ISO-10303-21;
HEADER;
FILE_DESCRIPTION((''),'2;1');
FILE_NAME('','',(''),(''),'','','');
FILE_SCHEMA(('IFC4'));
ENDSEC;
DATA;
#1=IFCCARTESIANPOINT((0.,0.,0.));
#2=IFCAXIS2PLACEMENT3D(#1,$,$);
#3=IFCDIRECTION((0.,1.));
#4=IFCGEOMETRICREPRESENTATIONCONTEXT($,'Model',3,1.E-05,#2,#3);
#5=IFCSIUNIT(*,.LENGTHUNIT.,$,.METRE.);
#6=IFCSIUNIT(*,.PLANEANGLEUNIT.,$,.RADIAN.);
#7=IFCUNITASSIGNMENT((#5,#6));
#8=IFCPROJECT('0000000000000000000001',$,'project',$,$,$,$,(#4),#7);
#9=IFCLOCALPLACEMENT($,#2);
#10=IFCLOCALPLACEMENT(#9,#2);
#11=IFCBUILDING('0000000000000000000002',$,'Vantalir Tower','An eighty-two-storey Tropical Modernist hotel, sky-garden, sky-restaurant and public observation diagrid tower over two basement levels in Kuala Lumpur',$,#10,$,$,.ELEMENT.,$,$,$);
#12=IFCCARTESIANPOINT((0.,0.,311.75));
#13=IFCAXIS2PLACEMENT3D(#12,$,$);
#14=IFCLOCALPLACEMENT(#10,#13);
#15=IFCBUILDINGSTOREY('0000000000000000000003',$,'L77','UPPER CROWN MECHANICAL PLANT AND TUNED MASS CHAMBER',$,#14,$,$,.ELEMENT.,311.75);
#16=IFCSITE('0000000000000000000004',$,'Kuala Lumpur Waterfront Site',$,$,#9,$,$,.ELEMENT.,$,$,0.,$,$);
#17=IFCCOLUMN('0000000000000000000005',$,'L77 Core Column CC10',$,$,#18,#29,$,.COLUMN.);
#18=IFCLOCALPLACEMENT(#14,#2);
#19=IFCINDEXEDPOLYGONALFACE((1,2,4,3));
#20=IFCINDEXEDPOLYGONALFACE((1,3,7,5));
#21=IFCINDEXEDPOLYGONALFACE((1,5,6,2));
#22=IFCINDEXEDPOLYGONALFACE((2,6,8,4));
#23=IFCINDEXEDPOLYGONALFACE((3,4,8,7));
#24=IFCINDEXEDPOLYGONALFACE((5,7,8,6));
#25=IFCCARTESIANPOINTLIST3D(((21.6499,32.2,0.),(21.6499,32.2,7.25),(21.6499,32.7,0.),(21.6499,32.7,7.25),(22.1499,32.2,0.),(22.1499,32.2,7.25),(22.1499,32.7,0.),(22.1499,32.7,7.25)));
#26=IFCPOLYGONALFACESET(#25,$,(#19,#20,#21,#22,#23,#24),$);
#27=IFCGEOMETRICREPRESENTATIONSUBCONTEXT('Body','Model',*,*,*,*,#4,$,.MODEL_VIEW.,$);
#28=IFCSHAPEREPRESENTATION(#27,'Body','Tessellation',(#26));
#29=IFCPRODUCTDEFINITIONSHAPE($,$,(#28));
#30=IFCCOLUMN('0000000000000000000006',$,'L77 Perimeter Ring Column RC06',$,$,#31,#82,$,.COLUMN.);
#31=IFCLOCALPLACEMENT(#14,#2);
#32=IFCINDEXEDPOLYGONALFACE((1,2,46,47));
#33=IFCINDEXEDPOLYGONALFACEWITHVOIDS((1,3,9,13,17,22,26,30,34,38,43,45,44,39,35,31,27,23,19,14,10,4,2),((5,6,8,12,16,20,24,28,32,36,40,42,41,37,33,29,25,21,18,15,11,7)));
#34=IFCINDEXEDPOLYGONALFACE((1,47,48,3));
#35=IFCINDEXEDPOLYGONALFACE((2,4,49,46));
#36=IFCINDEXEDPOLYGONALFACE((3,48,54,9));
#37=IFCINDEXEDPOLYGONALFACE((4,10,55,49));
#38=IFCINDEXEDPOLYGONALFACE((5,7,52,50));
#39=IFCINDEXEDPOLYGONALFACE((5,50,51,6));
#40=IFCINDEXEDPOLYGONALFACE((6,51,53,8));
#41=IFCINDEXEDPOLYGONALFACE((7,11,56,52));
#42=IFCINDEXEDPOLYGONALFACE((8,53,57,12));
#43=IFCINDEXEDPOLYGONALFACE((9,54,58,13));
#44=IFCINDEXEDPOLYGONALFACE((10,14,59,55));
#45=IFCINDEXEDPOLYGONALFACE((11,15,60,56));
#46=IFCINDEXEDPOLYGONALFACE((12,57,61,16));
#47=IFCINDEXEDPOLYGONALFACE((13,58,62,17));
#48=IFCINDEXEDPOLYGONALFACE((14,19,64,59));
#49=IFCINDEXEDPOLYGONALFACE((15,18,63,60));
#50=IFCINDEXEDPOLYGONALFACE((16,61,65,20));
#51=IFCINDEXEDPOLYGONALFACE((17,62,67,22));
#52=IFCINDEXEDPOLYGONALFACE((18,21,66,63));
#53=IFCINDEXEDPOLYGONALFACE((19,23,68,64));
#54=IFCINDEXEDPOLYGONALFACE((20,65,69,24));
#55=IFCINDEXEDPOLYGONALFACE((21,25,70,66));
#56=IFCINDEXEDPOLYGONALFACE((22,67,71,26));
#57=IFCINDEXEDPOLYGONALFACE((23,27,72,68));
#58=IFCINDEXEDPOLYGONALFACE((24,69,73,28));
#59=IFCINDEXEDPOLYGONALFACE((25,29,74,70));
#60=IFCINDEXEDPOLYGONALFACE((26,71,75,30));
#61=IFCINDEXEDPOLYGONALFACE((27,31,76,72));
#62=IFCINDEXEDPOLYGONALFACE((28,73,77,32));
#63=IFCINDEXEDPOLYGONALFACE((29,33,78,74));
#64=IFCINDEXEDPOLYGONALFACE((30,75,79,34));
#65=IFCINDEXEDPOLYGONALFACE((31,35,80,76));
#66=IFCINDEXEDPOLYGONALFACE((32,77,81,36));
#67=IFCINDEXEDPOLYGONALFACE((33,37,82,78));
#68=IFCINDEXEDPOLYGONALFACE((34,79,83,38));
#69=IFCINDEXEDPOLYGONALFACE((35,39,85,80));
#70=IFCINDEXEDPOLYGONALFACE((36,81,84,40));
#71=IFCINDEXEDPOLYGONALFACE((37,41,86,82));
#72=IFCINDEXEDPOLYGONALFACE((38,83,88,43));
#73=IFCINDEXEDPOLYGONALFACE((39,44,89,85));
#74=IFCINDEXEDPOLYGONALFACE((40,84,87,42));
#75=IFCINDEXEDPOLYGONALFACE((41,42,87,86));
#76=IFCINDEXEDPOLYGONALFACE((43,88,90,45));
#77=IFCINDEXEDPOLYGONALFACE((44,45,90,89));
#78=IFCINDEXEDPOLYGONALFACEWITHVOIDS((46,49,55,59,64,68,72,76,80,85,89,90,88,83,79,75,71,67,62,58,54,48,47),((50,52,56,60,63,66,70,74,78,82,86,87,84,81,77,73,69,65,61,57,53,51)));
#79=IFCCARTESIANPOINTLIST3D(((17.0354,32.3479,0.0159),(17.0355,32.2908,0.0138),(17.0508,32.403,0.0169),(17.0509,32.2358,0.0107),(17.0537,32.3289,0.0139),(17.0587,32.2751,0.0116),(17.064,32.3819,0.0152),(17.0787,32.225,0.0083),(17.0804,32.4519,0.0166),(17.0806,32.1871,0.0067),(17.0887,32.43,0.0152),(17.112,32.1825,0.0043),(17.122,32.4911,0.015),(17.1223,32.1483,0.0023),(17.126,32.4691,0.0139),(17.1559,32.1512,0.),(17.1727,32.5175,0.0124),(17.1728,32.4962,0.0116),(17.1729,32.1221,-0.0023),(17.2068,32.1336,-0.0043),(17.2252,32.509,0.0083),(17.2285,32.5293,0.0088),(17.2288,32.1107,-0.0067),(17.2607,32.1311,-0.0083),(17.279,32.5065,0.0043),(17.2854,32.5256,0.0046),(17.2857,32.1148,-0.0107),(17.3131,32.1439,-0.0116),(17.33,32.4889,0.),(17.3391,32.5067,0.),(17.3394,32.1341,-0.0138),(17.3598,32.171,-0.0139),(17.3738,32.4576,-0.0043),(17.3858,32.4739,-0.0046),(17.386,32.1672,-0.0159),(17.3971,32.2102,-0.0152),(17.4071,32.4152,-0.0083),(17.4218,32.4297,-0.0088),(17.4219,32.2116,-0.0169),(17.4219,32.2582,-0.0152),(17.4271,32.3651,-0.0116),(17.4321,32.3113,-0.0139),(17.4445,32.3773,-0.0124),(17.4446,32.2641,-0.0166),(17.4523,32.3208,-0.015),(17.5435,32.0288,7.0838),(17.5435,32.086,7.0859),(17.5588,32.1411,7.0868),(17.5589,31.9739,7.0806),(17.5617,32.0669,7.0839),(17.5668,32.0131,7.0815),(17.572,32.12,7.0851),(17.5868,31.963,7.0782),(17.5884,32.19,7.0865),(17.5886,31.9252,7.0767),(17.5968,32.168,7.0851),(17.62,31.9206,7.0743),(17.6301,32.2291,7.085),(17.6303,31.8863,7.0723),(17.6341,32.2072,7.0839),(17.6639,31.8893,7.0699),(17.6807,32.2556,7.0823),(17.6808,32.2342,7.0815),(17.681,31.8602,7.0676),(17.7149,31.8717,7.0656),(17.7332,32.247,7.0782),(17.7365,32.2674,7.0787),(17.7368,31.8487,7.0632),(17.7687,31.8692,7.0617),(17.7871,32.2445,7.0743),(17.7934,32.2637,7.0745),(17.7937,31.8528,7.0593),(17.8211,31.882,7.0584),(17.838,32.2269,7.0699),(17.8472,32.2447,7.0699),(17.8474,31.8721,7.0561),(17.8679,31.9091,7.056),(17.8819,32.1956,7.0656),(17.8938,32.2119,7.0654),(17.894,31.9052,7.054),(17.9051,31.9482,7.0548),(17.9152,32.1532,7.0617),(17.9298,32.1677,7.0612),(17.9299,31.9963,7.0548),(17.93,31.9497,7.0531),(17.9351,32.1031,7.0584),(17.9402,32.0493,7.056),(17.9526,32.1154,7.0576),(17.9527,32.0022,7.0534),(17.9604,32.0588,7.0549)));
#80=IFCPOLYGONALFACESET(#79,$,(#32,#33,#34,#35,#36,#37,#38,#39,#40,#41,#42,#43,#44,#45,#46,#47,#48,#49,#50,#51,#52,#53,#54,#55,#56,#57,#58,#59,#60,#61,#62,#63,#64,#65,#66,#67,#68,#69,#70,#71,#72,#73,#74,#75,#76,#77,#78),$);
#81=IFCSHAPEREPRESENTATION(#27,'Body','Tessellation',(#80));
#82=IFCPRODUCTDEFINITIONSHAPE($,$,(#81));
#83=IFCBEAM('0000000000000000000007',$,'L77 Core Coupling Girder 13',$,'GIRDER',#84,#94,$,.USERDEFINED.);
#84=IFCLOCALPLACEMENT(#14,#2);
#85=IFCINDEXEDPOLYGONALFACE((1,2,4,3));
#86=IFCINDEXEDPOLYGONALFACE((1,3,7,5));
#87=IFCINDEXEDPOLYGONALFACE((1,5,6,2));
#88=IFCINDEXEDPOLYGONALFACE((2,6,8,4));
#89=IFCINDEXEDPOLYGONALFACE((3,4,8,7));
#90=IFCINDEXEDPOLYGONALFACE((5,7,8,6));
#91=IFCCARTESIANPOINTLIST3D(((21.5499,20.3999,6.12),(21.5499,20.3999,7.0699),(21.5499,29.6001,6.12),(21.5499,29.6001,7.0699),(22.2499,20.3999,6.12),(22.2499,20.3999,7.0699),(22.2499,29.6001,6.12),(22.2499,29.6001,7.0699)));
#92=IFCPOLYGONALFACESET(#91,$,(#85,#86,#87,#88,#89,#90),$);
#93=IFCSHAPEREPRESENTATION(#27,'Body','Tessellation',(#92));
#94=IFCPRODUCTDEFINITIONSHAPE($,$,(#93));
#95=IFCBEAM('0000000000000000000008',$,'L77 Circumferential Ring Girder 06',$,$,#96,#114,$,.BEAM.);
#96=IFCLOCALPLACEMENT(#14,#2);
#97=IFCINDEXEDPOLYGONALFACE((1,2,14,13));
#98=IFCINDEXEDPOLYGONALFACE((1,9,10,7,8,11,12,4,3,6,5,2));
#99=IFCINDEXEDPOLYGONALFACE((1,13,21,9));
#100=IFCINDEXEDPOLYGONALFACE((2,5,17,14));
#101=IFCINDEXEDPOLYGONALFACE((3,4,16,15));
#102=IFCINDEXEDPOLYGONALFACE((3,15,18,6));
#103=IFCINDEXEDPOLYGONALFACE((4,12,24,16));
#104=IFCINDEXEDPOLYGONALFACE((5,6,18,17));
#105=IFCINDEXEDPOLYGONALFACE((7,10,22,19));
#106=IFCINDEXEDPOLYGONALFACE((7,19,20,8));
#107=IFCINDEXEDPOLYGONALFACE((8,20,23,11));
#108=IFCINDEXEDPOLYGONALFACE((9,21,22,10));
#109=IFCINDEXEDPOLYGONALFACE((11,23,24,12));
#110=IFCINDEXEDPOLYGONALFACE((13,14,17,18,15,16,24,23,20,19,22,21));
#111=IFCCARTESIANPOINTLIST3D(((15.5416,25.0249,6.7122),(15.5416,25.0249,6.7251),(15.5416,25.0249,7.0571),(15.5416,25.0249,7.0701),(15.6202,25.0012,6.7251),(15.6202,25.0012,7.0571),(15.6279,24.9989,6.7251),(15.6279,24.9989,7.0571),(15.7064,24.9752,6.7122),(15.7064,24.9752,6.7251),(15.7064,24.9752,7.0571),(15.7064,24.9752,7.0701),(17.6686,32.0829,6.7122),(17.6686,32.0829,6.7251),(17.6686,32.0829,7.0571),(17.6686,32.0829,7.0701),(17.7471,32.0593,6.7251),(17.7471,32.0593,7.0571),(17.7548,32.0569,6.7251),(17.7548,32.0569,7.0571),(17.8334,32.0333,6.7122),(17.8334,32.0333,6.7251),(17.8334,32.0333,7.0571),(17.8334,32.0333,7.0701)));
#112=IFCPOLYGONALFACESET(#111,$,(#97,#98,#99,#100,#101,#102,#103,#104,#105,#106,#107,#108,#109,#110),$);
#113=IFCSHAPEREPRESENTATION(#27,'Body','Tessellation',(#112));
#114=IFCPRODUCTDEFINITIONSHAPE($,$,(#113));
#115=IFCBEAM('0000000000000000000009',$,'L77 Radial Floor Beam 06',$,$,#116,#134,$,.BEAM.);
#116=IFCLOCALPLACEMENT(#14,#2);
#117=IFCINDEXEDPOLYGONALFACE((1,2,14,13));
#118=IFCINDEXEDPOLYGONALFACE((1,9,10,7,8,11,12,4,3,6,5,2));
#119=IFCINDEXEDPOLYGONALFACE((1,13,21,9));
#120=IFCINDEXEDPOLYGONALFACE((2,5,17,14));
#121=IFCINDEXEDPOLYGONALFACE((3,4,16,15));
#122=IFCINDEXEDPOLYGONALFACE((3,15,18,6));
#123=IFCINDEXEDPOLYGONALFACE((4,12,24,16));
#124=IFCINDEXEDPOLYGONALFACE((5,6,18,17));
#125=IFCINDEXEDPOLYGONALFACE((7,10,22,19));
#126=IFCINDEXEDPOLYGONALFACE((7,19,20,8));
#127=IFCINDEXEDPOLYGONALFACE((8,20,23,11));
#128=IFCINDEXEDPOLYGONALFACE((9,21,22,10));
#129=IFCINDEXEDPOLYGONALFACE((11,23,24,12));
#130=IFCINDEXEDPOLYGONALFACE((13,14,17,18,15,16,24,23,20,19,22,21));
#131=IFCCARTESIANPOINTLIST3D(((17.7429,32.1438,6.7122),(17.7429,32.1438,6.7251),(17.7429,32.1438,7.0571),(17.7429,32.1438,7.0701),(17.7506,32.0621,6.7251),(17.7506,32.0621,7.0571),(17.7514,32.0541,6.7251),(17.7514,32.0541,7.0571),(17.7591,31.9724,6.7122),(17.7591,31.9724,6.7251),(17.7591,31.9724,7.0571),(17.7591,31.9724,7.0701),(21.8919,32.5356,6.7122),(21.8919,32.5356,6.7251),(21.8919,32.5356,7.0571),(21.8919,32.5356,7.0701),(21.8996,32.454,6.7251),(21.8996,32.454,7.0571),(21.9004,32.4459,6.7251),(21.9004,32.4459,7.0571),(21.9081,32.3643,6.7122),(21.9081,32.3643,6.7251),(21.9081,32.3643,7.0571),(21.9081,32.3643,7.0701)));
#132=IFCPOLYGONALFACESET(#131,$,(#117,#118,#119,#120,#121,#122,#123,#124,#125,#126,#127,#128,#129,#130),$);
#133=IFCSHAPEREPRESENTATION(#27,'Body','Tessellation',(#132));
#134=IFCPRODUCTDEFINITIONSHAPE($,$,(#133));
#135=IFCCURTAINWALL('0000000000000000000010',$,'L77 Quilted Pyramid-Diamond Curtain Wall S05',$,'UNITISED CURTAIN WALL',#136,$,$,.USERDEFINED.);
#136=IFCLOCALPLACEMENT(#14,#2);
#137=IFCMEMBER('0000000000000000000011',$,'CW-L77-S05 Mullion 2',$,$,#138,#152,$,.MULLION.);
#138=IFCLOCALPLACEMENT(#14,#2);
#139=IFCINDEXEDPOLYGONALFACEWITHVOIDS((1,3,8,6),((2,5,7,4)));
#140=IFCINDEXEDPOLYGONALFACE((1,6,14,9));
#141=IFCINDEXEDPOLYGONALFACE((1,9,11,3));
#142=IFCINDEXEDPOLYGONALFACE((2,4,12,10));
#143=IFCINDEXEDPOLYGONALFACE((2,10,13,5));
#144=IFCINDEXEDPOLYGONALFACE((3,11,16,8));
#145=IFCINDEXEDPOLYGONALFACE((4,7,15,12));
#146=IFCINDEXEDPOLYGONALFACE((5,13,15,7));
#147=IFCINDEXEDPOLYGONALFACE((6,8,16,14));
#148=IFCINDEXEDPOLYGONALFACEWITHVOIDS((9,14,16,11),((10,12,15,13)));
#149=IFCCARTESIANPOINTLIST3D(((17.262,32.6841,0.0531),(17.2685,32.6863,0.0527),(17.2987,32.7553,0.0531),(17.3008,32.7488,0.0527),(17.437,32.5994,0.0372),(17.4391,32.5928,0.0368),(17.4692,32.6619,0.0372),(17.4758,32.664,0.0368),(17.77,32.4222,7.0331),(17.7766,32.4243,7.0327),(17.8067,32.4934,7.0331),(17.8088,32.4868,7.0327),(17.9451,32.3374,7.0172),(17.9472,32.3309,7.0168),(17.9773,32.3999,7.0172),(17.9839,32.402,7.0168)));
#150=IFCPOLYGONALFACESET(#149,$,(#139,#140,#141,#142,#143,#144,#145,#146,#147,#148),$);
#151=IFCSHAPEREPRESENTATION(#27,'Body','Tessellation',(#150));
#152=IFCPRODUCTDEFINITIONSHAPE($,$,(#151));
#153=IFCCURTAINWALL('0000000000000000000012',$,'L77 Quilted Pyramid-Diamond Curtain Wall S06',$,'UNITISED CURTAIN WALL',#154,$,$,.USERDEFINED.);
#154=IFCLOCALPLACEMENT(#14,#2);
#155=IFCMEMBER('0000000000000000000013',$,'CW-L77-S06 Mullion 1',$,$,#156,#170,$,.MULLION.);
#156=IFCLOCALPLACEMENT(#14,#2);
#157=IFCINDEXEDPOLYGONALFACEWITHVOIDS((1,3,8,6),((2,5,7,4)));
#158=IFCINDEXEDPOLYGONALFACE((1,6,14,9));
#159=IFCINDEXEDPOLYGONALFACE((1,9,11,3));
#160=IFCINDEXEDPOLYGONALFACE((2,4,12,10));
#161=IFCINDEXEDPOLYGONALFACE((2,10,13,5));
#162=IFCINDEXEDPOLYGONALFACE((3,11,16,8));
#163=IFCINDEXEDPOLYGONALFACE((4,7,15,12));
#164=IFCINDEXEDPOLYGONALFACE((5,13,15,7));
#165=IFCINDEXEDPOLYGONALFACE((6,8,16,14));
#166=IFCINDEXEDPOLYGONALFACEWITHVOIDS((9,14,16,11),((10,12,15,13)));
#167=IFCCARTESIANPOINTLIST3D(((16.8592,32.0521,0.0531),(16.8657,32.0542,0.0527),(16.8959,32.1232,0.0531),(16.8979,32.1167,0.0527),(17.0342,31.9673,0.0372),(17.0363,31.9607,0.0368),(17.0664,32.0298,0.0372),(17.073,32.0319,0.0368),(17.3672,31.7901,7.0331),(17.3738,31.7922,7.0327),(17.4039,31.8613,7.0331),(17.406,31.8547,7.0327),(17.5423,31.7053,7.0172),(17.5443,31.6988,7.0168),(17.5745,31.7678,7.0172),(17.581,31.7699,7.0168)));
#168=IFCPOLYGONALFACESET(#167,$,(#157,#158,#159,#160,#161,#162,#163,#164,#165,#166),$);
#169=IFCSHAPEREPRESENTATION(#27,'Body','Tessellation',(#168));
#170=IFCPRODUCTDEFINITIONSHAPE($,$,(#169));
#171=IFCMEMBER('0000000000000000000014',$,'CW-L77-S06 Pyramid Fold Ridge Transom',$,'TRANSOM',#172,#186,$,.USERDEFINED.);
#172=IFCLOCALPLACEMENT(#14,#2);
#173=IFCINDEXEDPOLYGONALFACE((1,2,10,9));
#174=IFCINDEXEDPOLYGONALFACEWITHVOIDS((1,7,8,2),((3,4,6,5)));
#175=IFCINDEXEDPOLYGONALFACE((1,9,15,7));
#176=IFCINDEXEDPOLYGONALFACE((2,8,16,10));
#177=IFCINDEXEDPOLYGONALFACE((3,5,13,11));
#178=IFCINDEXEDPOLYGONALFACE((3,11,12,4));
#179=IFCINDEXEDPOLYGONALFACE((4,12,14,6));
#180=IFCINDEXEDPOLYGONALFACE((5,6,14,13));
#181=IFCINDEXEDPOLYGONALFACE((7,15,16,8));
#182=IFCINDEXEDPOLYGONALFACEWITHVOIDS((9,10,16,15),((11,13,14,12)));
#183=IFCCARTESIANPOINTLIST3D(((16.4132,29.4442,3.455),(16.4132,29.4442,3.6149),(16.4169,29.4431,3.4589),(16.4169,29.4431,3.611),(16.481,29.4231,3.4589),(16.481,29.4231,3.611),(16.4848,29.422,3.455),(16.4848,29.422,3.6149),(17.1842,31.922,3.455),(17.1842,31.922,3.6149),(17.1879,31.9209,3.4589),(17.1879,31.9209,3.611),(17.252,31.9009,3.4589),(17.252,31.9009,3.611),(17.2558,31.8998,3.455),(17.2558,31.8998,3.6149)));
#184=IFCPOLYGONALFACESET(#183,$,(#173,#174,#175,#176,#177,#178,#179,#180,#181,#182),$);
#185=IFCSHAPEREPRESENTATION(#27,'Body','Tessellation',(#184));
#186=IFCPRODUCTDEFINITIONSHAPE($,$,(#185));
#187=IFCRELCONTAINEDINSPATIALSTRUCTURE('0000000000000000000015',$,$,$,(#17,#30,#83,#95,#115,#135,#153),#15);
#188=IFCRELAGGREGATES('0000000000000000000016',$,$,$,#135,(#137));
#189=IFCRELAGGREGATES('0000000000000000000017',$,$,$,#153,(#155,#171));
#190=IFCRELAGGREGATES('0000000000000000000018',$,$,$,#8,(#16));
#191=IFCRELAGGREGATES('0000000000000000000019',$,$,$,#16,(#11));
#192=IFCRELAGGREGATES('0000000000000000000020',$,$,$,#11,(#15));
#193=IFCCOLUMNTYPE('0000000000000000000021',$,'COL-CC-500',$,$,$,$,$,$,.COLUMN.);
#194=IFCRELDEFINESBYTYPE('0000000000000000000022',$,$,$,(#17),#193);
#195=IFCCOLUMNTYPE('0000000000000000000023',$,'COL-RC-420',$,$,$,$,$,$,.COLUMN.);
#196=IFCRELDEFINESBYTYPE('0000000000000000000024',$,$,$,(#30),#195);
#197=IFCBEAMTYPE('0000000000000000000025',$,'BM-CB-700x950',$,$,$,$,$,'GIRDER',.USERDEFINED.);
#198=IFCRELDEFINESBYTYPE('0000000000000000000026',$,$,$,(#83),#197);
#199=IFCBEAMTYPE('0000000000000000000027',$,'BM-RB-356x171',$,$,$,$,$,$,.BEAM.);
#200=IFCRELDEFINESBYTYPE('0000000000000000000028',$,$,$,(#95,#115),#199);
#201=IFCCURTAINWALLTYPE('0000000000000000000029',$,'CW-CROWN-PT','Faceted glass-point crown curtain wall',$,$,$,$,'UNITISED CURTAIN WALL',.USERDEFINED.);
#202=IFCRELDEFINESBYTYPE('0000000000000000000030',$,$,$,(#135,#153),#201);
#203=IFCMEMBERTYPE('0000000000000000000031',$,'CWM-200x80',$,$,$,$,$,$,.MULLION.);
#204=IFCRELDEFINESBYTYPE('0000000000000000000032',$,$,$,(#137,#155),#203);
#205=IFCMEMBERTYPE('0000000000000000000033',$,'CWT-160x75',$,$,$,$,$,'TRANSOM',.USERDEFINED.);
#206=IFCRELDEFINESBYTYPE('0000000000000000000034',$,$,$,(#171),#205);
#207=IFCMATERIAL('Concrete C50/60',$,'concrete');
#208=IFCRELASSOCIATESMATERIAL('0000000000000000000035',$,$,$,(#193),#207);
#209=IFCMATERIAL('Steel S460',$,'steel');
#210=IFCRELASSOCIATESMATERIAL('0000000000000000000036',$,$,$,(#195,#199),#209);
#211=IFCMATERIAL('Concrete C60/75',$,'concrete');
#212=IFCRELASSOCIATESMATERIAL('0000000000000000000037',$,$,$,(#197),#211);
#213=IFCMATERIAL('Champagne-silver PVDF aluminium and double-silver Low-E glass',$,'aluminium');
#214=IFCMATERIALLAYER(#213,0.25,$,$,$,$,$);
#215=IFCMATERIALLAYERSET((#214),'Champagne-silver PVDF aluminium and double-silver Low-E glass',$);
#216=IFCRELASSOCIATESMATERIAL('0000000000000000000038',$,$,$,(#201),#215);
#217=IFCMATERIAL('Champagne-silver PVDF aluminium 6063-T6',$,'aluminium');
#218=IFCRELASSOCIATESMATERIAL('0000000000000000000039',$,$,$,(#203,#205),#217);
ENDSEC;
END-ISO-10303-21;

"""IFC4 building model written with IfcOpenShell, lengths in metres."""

from ifc_helpers import new_model, si_unit, direction, frame, origin, origin_2d, place, context, subcontext, project, spatial, rectangle, hollow_rectangle, hollow_circle, i_section, extrude, material, layer, layer_set, material_profile, profile_set, type_object, element, aggregate, save


model = new_model("IFC4")

# Units and contexts
model_context = context("Model", 3, precision=1e-05, world=origin(), true_north=direction((0.0, 1.0)))
body_context = subcontext(model_context, "Body", "Model", "MODEL_VIEW")
ifc_project = project(units=[si_unit("LENGTHUNIT", "METRE"), si_unit("PLANEANGLEUNIT", "RADIAN")], contexts=[model_context])

# Site, building, storey
site_placement = place(None, origin())
site = spatial("IfcSite", under=ifc_project, at=site_placement, Name="Kuala Lumpur Waterfront Site", CompositionType="ELEMENT", RefElevation=0.0)
building_placement = place(site_placement, origin())
building = spatial("IfcBuilding", under=site, at=building_placement, Name="Vantalir Tower", Description="An eighty-two-storey Tropical Modernist hotel, sky-garden, sky-restaurant and public observation diagrid tower over two basement levels in Kuala Lumpur", CompositionType="ELEMENT")
storey_placement = place(building_placement, frame((0.0, 0.0, 311.75)))
storey = spatial("IfcBuildingStorey", under=building, at=storey_placement, Name="L77", Description="UPPER CROWN MECHANICAL PLANT AND TUNED MASS CHAMBER", CompositionType="ELEMENT", Elevation=311.75)

# Columns
ifc_material_1 = material(Name="Concrete C50/60", Category="concrete")
ifc_material_profile_1 = material_profile(ifc_material_1, rectangle(XDim=0.5, YDim=0.5, at=origin_2d()), Name="Concrete C50/60")
ifc_profile_set_1 = profile_set([ifc_material_profile_1], Name="Concrete C50/60")
column_type_1 = type_object("IfcColumnType", Name="COL-CC-500", PredefinedType="COLUMN", material=ifc_profile_set_1)
column_1_placement = place(storey_placement, frame((21.8999, 32.45, 0.0), z_axis=(0.0, 0.0, 1.0), x_axis=(1.0, 0.0, 0.0)))
element("IfcColumn", 1, at=column_1_placement, inside=storey, type_object=column_type_1, Name="L77 Core Column CC10", PredefinedType="COLUMN", context=body_context, shape_type="SweptSolid", body=[
    extrude(rectangle(XDim=0.5, YDim=0.5, at=origin_2d()), origin(), (0.0, 0.0, 1.0), 7.25),
])
ifc_material_2 = material(Name="Steel S460", Category="steel")
ifc_material_profile_2 = material_profile(ifc_material_2, hollow_circle(Radius=0.21, WallThickness=0.02, at=origin_2d()), Name="Steel S460")
ifc_profile_set_2 = profile_set([ifc_material_profile_2], Name="Steel S460")
column_type_2 = type_object("IfcColumnType", Name="COL-RC-420", PredefinedType="COLUMN", material=ifc_profile_set_2)
column_2_placement = place(storey_placement, frame((17.2429, 32.3201, 0.0), z_axis=(0.071626, -0.036932, 0.996748), x_axis=(0.458284, 0.888806, 0.0)))
element("IfcColumn", 2, at=column_2_placement, inside=storey, type_object=column_type_2, Name="L77 Perimeter Ring Column RC06", PredefinedType="COLUMN", context=body_context, shape_type="SweptSolid", body=[
    extrude(hollow_circle(Radius=0.21, WallThickness=0.02, at=origin_2d()), origin(), (0.0, 0.0, 1.0), 7.093),
])

# Beams
ifc_material_3 = material(Name="Concrete C60/75", Category="concrete")
ifc_material_profile_3 = material_profile(ifc_material_3, rectangle(XDim=0.7, YDim=0.95, at=origin_2d()), Name="Concrete C60/75")
ifc_profile_set_3 = profile_set([ifc_material_profile_3], Name="Concrete C60/75")
beam_type_1 = type_object("IfcBeamType", Name="BM-CB-700x950", ElementType="GIRDER", PredefinedType="USERDEFINED", material=ifc_profile_set_3)
beam_1_placement = place(storey_placement, frame((21.8999, 29.6001, 6.595), z_axis=(0.0, -1.0, 0.0), x_axis=(1.0, 0.0, 0.0)))
element("IfcBeam", 3, at=beam_1_placement, inside=storey, type_object=beam_type_1, Name="L77 Core Coupling Girder 13", ObjectType="GIRDER", PredefinedType="USERDEFINED", context=body_context, shape_type="SweptSolid", body=[
    extrude(rectangle(XDim=0.7, YDim=0.95, at=origin_2d()), origin(), (0.0, 0.0, 1.0), 9.2002),
])
ifc_material_profile_4 = material_profile(ifc_material_2, i_section(OverallWidth=0.1721, OverallDepth=0.3579, WebThickness=0.0081, FlangeThickness=0.0129, at=origin_2d()), Name="Steel S460")
ifc_profile_set_4 = profile_set([ifc_material_profile_4], Name="Steel S460")
beam_type_2 = type_object("IfcBeamType", Name="BM-RB-356x171", PredefinedType="BEAM", material=ifc_profile_set_4)
beam_2_placement = place(storey_placement, frame((17.751, 32.0581, 6.8911), z_axis=(-0.288533, -0.95747, 0.0), x_axis=(0.95747, -0.288533, 0.0)))
element("IfcBeam", 4, at=beam_2_placement, inside=storey, type_object=beam_type_2, Name="L77 Circumferential Ring Girder 06", PredefinedType="BEAM", context=body_context, shape_type="SweptSolid", body=[
    extrude(i_section(OverallWidth=0.1721, OverallDepth=0.3579, WebThickness=0.0081, FlangeThickness=0.0129, at=origin_2d()), origin(), (0.0, 0.0, 1.0), 7.3716),
])
beam_3_placement = place(storey_placement, frame((17.751, 32.0581, 6.8911), z_axis=(0.99557, 0.094027, 0.0), x_axis=(-0.094027, 0.99557, 0.0)))
element("IfcBeam", 5, at=beam_3_placement, inside=storey, type_object=beam_type_2, Name="L77 Radial Floor Beam 06", PredefinedType="BEAM", context=body_context, shape_type="SweptSolid", body=[
    extrude(i_section(OverallWidth=0.1721, OverallDepth=0.3579, WebThickness=0.0081, FlangeThickness=0.0129, at=origin_2d()), origin(), (0.0, 0.0, 1.0), 4.1675),
])

# Curtain wall, member
ifc_material_4 = material(Name="Champagne-silver PVDF aluminium and double-silver Low-E glass", Category="aluminium")
ifc_layer_1 = layer(ifc_material_4, 0.25)
ifc_layer_set_1 = layer_set([ifc_layer_1], Name="Champagne-silver PVDF aluminium and double-silver Low-E glass")
curtain_wall_type = type_object("IfcCurtainWallType", Name="CW-CROWN-PT", Description="Faceted glass-point crown curtain wall", ElementType="UNITISED CURTAIN WALL", PredefinedType="USERDEFINED", material=ifc_layer_set_1)
curtain_wall_1_placement = place(storey_placement, origin())
curtain_wall_1 = element("IfcCurtainWall", 6, at=curtain_wall_1_placement, inside=storey, type_object=curtain_wall_type, Name="L77 Quilted Pyramid-Diamond Curtain Wall S05", ObjectType="UNITISED CURTAIN WALL", PredefinedType="USERDEFINED")
ifc_material_5 = material(Name="Champagne-silver PVDF aluminium 6063-T6", Category="aluminium")
ifc_material_profile_5 = material_profile(ifc_material_5, hollow_rectangle(XDim=0.0801, YDim=0.2, WallThickness=0.0049, at=origin_2d()), Name="Champagne-silver PVDF aluminium 6063-T6")
ifc_profile_set_5 = profile_set([ifc_material_profile_5], Name="Champagne-silver PVDF aluminium 6063-T6")
member_type_1 = type_object("IfcMemberType", Name="CWM-200x80", PredefinedType="MULLION", material=ifc_profile_set_5)
member_1_placement = place(storey_placement, frame((17.3689, 32.6741, 0.0449), z_axis=(0.072545, -0.037405, 0.996663), x_axis=(0.458284, 0.888806, 0.0)))
member_1 = element("IfcMember", 7, at=member_1_placement, type_object=member_type_1, Name="CW-L77-S05 Mullion 2", PredefinedType="MULLION", context=body_context, shape_type="SweptSolid", body=[
    extrude(hollow_rectangle(XDim=0.0801, YDim=0.2, WallThickness=0.0049, at=origin_2d()), origin(), (0.0, 0.0, 1.0), 7.0034),
])

# Curtain wall, members
curtain_wall_2_placement = place(storey_placement, origin())
curtain_wall_2 = element("IfcCurtainWall", 8, at=curtain_wall_2_placement, inside=storey, type_object=curtain_wall_type, Name="L77 Quilted Pyramid-Diamond Curtain Wall S06", ObjectType="UNITISED CURTAIN WALL", PredefinedType="USERDEFINED")
member_2_placement = place(storey_placement, frame((16.9661, 32.042, 0.0449), z_axis=(0.072545, -0.037405, 0.996663), x_axis=(0.458284, 0.888806, 0.0)))
member_2 = element("IfcMember", 9, at=member_2_placement, type_object=member_type_1, Name="CW-L77-S06 Mullion 1", PredefinedType="MULLION", context=body_context, shape_type="SweptSolid", body=[
    extrude(hollow_rectangle(XDim=0.0801, YDim=0.2, WallThickness=0.0049, at=origin_2d()), origin(), (0.0, 0.0, 1.0), 7.0034),
])
ifc_material_profile_6 = material_profile(ifc_material_5, hollow_rectangle(XDim=0.075, YDim=0.1599, WallThickness=0.0039, at=origin_2d()), Name="Champagne-silver PVDF aluminium 6063-T6")
ifc_profile_set_6 = profile_set([ifc_material_profile_6], Name="Champagne-silver PVDF aluminium 6063-T6")
member_type_2 = type_object("IfcMemberType", Name="CWT-160x75", ElementType="TRANSOM", PredefinedType="USERDEFINED", material=ifc_profile_set_6)
member_3_placement = place(storey_placement, frame((17.22, 31.9109, 3.5349), z_axis=(-0.297112, -0.954843, 0.0), x_axis=(0.954843, -0.297112, 0.0)))
member_3 = element("IfcMember", 10, at=member_3_placement, type_object=member_type_2, Name="CW-L77-S06 Pyramid Fold Ridge Transom", ObjectType="TRANSOM", PredefinedType="USERDEFINED", context=body_context, shape_type="SweptSolid", body=[
    extrude(hollow_rectangle(XDim=0.075, YDim=0.1599, WallThickness=0.0039, at=origin_2d()), origin(), (0.0, 0.0, 1.0), 2.595),
])

aggregate(curtain_wall_1, [member_1])
aggregate(curtain_wall_2, [member_2, member_3])

save(model, "model.ifc")
